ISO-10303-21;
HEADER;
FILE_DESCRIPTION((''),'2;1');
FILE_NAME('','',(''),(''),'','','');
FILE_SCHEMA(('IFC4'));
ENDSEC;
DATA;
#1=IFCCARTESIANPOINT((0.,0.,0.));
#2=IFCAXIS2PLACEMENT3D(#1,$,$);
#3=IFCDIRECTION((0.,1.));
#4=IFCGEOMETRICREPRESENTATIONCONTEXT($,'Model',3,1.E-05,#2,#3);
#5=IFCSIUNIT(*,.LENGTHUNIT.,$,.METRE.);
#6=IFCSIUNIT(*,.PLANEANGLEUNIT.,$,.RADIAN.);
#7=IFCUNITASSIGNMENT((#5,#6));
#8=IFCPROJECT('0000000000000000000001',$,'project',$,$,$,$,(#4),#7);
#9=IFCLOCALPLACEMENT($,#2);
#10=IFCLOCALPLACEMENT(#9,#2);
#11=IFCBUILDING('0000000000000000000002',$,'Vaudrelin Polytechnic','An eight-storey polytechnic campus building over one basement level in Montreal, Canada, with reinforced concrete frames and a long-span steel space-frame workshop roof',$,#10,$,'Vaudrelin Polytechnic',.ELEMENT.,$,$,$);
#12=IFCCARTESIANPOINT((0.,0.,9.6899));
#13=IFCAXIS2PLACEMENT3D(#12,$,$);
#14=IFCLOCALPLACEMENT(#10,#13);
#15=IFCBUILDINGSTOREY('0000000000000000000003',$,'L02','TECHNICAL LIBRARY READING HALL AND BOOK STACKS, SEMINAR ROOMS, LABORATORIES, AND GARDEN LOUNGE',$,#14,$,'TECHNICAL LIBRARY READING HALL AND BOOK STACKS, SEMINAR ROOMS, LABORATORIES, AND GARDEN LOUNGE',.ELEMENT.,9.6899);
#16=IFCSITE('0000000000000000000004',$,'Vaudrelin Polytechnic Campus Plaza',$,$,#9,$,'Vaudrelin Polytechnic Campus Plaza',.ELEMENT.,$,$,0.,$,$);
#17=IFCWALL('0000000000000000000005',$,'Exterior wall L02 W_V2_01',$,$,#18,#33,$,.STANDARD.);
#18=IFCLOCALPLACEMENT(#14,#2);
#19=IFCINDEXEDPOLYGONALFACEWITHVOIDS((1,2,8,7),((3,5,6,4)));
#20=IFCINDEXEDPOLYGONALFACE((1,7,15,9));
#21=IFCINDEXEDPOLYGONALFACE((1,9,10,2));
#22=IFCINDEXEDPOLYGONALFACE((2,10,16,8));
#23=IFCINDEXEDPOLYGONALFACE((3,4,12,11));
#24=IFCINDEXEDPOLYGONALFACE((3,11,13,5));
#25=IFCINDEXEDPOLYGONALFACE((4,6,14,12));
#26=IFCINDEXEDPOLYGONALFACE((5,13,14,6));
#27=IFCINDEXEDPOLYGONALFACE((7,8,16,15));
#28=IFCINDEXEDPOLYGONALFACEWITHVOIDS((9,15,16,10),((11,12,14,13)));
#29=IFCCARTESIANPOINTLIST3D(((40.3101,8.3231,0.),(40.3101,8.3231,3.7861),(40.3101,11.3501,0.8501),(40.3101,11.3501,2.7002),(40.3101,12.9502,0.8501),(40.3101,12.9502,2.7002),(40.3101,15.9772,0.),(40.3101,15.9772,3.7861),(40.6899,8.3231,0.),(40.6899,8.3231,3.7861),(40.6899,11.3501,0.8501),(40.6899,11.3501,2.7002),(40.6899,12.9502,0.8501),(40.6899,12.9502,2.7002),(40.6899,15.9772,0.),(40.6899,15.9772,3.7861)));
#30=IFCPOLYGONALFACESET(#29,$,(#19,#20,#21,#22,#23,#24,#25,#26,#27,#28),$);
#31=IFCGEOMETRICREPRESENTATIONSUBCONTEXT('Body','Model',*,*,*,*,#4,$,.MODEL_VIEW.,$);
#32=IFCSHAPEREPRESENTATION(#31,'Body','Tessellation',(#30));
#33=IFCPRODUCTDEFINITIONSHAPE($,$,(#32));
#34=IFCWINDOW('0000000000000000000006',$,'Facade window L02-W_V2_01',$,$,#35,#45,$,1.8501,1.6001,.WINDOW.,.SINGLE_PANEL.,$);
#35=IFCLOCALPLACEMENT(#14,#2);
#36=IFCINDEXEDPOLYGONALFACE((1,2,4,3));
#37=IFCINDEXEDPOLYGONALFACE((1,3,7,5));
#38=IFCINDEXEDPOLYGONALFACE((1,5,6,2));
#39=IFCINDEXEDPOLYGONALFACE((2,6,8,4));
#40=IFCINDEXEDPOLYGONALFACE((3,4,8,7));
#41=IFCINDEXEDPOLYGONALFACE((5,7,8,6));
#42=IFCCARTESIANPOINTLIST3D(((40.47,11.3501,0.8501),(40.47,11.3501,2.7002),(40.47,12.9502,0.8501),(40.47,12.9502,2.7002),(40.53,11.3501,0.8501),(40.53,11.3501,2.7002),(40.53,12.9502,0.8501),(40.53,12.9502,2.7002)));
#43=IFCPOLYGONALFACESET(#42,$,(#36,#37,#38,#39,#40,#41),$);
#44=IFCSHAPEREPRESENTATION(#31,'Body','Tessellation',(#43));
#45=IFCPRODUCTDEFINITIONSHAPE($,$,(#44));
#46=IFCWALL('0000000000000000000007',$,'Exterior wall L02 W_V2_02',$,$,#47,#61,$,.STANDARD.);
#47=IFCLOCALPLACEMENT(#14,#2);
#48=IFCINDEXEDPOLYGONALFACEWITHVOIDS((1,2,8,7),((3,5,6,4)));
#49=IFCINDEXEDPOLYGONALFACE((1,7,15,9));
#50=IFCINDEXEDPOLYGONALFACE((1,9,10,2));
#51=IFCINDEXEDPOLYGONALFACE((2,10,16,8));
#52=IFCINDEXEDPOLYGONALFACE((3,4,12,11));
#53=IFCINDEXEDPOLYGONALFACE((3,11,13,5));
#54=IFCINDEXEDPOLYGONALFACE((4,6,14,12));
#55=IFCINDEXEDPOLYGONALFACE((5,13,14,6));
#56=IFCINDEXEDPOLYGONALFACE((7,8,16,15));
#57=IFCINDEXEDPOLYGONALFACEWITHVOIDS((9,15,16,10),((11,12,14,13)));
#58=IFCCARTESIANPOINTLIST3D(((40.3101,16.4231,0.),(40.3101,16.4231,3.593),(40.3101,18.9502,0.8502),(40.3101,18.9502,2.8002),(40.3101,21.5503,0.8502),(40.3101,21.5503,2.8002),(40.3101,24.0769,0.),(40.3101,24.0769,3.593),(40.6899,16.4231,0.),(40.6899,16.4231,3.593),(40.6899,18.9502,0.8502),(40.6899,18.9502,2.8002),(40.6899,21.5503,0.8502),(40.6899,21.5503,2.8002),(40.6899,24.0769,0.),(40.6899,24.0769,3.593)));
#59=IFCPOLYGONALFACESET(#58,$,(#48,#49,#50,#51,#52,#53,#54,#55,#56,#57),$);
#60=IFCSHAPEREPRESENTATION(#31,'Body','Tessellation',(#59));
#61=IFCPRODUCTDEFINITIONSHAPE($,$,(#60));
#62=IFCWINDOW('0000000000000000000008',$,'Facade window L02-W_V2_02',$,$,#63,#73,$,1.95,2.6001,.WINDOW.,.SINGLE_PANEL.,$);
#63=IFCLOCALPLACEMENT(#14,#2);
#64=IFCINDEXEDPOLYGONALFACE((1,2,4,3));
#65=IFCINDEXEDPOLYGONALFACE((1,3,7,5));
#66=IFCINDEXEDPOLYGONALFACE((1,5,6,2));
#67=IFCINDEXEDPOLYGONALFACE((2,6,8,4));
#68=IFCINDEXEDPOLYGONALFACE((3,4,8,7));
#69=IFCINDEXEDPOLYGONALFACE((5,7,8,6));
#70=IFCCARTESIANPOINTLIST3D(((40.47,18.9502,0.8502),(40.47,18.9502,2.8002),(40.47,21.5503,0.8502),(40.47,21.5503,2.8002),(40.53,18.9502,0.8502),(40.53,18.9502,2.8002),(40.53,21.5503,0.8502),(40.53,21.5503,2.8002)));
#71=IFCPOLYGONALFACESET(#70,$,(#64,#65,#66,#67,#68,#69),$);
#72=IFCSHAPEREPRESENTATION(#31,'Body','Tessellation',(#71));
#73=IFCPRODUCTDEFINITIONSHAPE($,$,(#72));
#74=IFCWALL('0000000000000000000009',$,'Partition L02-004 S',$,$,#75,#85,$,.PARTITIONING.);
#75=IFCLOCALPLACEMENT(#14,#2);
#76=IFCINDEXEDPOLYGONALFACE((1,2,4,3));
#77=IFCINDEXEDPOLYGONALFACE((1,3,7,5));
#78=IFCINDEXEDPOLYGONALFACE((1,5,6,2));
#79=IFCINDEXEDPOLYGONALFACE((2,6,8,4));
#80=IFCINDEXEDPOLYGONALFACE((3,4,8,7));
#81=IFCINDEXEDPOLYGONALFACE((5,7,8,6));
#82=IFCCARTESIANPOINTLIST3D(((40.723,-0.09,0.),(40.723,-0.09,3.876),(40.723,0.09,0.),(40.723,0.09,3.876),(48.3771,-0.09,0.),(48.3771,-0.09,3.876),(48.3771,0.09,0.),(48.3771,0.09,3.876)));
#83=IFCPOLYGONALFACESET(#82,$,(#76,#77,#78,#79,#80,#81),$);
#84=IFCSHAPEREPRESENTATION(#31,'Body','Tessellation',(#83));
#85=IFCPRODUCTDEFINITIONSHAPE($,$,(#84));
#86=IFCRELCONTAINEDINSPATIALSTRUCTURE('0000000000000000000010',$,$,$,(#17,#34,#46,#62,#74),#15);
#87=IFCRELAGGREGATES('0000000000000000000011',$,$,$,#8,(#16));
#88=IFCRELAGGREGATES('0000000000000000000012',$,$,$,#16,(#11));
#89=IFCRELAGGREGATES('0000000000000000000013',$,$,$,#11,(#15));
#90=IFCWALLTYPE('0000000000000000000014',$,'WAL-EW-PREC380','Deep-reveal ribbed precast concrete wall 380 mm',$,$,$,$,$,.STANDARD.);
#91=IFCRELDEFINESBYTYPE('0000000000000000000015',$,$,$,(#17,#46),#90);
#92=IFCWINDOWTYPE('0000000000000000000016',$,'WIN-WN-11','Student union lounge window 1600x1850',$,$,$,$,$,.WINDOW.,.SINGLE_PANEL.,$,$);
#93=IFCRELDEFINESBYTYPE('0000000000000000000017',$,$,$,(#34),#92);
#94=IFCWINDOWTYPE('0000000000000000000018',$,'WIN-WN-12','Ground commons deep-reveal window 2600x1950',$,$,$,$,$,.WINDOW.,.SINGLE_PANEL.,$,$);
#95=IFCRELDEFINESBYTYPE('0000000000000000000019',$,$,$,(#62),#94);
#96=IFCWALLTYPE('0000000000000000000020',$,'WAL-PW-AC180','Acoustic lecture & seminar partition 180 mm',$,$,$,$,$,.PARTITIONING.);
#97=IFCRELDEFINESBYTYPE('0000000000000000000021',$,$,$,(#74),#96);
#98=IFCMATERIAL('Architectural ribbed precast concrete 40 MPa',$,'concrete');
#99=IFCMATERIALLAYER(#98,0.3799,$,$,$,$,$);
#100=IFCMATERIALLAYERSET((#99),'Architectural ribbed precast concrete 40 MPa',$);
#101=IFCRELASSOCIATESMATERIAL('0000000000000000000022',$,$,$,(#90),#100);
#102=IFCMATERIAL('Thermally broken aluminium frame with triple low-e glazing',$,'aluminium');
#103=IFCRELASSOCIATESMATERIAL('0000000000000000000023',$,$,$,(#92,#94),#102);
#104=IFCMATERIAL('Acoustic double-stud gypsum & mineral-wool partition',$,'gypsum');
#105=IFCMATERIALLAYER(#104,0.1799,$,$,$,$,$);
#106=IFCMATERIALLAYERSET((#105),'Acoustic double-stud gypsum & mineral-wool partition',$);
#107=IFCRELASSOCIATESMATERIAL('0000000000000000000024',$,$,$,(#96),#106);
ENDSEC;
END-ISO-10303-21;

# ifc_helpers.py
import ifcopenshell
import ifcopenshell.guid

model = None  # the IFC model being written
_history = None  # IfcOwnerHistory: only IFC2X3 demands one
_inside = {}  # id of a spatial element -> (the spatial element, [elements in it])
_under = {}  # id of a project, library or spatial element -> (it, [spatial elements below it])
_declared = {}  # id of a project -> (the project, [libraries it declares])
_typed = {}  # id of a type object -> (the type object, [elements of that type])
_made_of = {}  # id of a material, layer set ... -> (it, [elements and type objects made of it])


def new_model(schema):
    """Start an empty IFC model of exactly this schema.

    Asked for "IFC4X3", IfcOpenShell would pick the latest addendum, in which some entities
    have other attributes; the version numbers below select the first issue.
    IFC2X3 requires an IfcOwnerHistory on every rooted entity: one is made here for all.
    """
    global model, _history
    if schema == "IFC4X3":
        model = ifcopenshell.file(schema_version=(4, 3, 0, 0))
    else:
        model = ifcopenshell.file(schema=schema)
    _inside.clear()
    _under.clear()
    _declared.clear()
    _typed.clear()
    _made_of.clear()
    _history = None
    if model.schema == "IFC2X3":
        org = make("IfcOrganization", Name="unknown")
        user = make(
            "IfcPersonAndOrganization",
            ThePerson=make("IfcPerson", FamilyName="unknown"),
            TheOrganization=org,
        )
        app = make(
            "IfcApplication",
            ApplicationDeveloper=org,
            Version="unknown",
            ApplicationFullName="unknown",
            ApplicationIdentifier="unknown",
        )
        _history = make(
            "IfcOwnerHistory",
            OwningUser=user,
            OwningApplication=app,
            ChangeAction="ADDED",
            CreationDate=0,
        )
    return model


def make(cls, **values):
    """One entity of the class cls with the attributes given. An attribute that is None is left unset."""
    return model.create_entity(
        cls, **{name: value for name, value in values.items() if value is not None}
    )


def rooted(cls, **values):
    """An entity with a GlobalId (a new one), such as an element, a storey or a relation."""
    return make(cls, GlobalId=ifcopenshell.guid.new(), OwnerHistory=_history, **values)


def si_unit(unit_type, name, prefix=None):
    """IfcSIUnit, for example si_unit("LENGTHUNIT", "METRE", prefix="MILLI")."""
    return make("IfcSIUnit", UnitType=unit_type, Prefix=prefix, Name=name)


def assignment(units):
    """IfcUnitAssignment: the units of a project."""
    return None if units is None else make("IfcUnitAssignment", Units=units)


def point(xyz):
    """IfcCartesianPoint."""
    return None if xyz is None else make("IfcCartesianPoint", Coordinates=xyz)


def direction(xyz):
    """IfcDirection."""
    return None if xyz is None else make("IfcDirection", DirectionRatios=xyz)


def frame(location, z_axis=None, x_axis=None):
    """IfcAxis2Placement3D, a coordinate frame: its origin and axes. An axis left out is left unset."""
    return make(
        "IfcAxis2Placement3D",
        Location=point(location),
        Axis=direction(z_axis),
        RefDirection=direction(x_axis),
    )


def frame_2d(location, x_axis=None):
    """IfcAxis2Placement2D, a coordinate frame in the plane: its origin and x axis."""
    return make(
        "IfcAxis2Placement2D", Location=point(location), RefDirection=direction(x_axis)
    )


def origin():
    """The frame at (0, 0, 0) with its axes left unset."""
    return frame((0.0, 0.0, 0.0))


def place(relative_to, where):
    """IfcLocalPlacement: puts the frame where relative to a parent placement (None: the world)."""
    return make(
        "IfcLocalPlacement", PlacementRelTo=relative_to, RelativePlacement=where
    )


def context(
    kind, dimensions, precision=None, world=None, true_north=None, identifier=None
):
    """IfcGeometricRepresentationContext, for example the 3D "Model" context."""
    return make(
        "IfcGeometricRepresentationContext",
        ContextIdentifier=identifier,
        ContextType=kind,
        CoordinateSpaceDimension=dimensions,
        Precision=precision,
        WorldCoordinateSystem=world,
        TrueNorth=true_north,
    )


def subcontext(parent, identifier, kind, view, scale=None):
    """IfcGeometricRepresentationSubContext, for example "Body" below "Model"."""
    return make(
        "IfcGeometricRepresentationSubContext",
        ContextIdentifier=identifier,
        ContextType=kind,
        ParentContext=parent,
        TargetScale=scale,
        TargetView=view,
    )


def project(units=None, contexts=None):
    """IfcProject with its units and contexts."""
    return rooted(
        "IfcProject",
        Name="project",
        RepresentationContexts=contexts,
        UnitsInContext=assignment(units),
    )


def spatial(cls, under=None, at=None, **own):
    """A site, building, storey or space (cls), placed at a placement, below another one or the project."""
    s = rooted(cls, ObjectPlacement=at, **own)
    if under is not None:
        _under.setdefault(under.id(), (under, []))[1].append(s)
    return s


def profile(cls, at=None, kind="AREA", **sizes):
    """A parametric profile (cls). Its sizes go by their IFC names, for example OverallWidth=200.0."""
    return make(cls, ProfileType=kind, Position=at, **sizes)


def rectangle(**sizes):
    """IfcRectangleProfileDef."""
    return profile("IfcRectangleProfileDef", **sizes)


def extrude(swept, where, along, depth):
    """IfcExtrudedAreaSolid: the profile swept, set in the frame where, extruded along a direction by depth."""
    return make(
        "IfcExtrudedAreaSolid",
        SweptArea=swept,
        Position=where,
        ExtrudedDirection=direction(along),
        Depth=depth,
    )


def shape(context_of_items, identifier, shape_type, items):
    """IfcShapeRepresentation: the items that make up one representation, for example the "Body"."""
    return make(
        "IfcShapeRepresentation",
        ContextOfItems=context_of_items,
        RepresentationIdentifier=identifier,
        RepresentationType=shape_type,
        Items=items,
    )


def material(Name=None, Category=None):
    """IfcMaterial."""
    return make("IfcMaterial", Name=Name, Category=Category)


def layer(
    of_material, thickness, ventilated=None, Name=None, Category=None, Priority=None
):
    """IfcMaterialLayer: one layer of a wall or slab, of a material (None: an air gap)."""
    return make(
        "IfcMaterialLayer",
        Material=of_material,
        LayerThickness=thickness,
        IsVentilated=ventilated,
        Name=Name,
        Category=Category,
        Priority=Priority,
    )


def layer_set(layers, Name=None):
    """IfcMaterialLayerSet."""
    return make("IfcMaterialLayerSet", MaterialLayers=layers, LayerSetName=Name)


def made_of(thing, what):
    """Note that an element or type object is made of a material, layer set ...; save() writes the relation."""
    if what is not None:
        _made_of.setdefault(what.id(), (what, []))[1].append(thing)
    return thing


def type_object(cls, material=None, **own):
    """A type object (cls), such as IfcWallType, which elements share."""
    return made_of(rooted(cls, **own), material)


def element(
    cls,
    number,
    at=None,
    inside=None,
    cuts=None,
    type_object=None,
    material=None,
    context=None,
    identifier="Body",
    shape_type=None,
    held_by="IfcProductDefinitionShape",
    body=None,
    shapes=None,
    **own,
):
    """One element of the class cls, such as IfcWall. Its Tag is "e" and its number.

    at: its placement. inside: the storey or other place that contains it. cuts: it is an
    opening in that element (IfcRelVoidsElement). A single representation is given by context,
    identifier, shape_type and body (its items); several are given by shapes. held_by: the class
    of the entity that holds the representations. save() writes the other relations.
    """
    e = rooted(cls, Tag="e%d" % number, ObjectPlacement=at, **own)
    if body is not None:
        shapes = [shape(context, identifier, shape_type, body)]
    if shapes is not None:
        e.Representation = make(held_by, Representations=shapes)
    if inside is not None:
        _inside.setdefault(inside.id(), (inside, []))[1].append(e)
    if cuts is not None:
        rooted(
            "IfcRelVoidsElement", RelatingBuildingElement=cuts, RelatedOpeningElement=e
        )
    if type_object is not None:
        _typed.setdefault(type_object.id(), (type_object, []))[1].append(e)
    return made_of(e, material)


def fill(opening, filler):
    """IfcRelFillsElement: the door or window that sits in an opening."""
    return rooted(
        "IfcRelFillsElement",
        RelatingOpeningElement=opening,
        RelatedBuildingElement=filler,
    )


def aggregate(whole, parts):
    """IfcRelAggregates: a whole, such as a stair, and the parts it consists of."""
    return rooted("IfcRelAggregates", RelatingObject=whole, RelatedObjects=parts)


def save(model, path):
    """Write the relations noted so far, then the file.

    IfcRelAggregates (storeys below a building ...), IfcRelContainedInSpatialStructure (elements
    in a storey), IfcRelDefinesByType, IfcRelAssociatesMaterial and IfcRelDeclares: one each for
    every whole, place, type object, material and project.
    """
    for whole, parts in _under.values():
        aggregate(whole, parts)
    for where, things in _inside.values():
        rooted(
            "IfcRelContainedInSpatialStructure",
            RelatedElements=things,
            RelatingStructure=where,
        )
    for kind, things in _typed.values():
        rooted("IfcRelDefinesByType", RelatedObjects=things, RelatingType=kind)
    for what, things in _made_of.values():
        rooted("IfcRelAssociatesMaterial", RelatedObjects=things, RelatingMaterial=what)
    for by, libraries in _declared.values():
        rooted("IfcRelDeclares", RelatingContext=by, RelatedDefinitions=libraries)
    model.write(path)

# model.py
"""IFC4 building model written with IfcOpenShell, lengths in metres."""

from ifc_helpers import new_model, si_unit, direction, frame, frame_2d, origin, place, context, subcontext, project, spatial, rectangle, extrude, material, layer, layer_set, type_object, element, fill, save


model = new_model("IFC4")

# Units and contexts
model_context = context("Model", 3, precision=1e-05, world=origin(), true_north=direction((0.0, 1.0)))
body_context = subcontext(model_context, "Body", "Model", "MODEL_VIEW")
ifc_project = project(units=[si_unit("LENGTHUNIT", "METRE"), si_unit("PLANEANGLEUNIT", "RADIAN")], contexts=[model_context])

# Site, building, storey
site_placement = place(None, origin())
site = spatial("IfcSite", under=ifc_project, at=site_placement, Name="Vaudrelin Polytechnic Campus Plaza", LongName="Vaudrelin Polytechnic Campus Plaza", CompositionType="ELEMENT", RefElevation=0.0)
building_placement = place(site_placement, origin())
building = spatial("IfcBuilding", under=site, at=building_placement, Name="Vaudrelin Polytechnic", Description="An eight-storey polytechnic campus building over one basement level in Montreal, Canada, with reinforced concrete frames and a long-span steel space-frame workshop roof", LongName="Vaudrelin Polytechnic", CompositionType="ELEMENT")
storey_placement = place(building_placement, frame((0.0, 0.0, 9.6899)))
storey = spatial("IfcBuildingStorey", under=building, at=storey_placement, Name="L02", Description="TECHNICAL LIBRARY READING HALL AND BOOK STACKS, SEMINAR ROOMS, LABORATORIES, AND GARDEN LOUNGE", LongName="TECHNICAL LIBRARY READING HALL AND BOOK STACKS, SEMINAR ROOMS, LABORATORIES, AND GARDEN LOUNGE", CompositionType="ELEMENT", Elevation=9.6899)

# Walls, openings, windows
ifc_material_1 = material(Name="Architectural ribbed precast concrete 40 MPa", Category="concrete")
ifc_layer_1 = layer(ifc_material_1, 0.3799)
ifc_layer_set_1 = layer_set([ifc_layer_1], Name="Architectural ribbed precast concrete 40 MPa")
wall_type_1 = type_object("IfcWallType", Name="WAL-EW-PREC380", Description="Deep-reveal ribbed precast concrete wall 380 mm", PredefinedType="STANDARD", material=ifc_layer_set_1)
ifc_material_2 = material(Name="Thermally broken aluminium frame with triple low-e glazing", Category="aluminium")
wall_1_placement = place(storey_placement, frame((40.5, 8.323, 0.0), z_axis=(0.0, 0.0, 1.0), x_axis=(0.0, 1.0, 0.0)))
wall_1 = element("IfcWall", 1, at=wall_1_placement, inside=storey, type_object=wall_type_1, Name="Exterior wall L02 W_V2_01", PredefinedType="STANDARD", context=body_context, shape_type="SweptSolid", body=[
    extrude(rectangle(XDim=7.6541, YDim=0.3799, at=frame_2d((3.8271, 0.0))), origin(), (0.0, 0.0, 1.0), 3.7861),
])
opening_1_placement = place(wall_1_placement, frame((3.0271, 0.0, 0.8501)))
opening_1 = element("IfcOpeningElement", 2, at=opening_1_placement, cuts=wall_1, PredefinedType="OPENING", context=body_context, shape_type="SweptSolid", body=[
    extrude(rectangle(XDim=1.6001, YDim=1.8501, at=frame_2d((0.8, 0.925))), frame((0.0, 0.2, 0.0), z_axis=(0.0, -1.0, 0.0), x_axis=(1.0, 0.0, 0.0)), (0.0, 0.0, 1.0), 0.3999),
])
window_type_1 = type_object("IfcWindowType", Name="WIN-WN-11", Description="Student union lounge window 1600x1850", PartitioningType="SINGLE_PANEL", PredefinedType="WINDOW", material=ifc_material_2)
window_1_placement = place(opening_1_placement, origin())
window_1 = element("IfcWindow", 3, at=window_1_placement, inside=storey, type_object=window_type_1, Name="Facade window L02-W_V2_01", OverallHeight=1.8501, OverallWidth=1.6001, PartitioningType="SINGLE_PANEL", PredefinedType="WINDOW", context=body_context, shape_type="SweptSolid", body=[
    extrude(rectangle(XDim=1.6001, YDim=1.8501, at=frame_2d((0.8, 0.925))), frame((0.0, 0.03, 0.0), z_axis=(0.0, -1.0, 0.0), x_axis=(1.0, 0.0, 0.0)), (0.0, 0.0, 1.0), 0.0601),
])
fill(opening_1, window_1)
wall_2_placement = place(storey_placement, frame((40.5, 16.4231, 0.0), z_axis=(0.0, 0.0, 1.0), x_axis=(0.0, 1.0, 0.0)))
wall_2 = element("IfcWall", 4, at=wall_2_placement, inside=storey, type_object=wall_type_1, Name="Exterior wall L02 W_V2_02", PredefinedType="STANDARD", context=body_context, shape_type="SweptSolid", body=[
    extrude(rectangle(XDim=7.6538, YDim=0.3799, at=frame_2d((3.8269, 0.0))), origin(), (0.0, 0.0, 1.0), 3.593),
])
opening_2_placement = place(wall_2_placement, frame((2.5271, 0.0, 0.8501)))
opening_2 = element("IfcOpeningElement", 5, at=opening_2_placement, cuts=wall_2, PredefinedType="OPENING", context=body_context, shape_type="SweptSolid", body=[
    extrude(rectangle(XDim=2.6001, YDim=1.95, at=frame_2d((1.3, 0.9751))), frame((0.0, 0.2, 0.0), z_axis=(0.0, -1.0, 0.0), x_axis=(1.0, 0.0, 0.0)), (0.0, 0.0, 1.0), 0.3999),
])
window_type_2 = type_object("IfcWindowType", Name="WIN-WN-12", Description="Ground commons deep-reveal window 2600x1950", PartitioningType="SINGLE_PANEL", PredefinedType="WINDOW", material=ifc_material_2)
window_2_placement = place(opening_2_placement, origin())
window_2 = element("IfcWindow", 6, at=window_2_placement, inside=storey, type_object=window_type_2, Name="Facade window L02-W_V2_02", OverallHeight=1.95, OverallWidth=2.6001, PartitioningType="SINGLE_PANEL", PredefinedType="WINDOW", context=body_context, shape_type="SweptSolid", body=[
    extrude(rectangle(XDim=2.6001, YDim=1.95, at=frame_2d((1.3, 0.9751))), frame((0.0, 0.03, 0.0), z_axis=(0.0, -1.0, 0.0), x_axis=(1.0, 0.0, 0.0)), (0.0, 0.0, 1.0), 0.0601),
])
fill(opening_2, window_2)

# Wall
ifc_material_3 = material(Name="Acoustic double-stud gypsum & mineral-wool partition", Category="gypsum")
ifc_layer_2 = layer(ifc_material_3, 0.1799)
ifc_layer_set_2 = layer_set([ifc_layer_2], Name="Acoustic double-stud gypsum & mineral-wool partition")
wall_type_2 = type_object("IfcWallType", Name="WAL-PW-AC180", Description="Acoustic lecture & seminar partition 180 mm", PredefinedType="PARTITIONING", material=ifc_layer_set_2)
wall_3_placement = place(storey_placement, frame((40.7229, 0.0, 0.0), z_axis=(0.0, 0.0, 1.0), x_axis=(1.0, 0.0, 0.0)))
element("IfcWall", 7, at=wall_3_placement, inside=storey, type_object=wall_type_2, Name="Partition L02-004 S", PredefinedType="PARTITIONING", context=body_context, shape_type="SweptSolid", body=[
    extrude(rectangle(XDim=7.6541, YDim=0.1799, at=frame_2d((3.8271, 0.0))), origin(), (0.0, 0.0, 1.0), 3.876),
])

save(model, "model.ifc")
